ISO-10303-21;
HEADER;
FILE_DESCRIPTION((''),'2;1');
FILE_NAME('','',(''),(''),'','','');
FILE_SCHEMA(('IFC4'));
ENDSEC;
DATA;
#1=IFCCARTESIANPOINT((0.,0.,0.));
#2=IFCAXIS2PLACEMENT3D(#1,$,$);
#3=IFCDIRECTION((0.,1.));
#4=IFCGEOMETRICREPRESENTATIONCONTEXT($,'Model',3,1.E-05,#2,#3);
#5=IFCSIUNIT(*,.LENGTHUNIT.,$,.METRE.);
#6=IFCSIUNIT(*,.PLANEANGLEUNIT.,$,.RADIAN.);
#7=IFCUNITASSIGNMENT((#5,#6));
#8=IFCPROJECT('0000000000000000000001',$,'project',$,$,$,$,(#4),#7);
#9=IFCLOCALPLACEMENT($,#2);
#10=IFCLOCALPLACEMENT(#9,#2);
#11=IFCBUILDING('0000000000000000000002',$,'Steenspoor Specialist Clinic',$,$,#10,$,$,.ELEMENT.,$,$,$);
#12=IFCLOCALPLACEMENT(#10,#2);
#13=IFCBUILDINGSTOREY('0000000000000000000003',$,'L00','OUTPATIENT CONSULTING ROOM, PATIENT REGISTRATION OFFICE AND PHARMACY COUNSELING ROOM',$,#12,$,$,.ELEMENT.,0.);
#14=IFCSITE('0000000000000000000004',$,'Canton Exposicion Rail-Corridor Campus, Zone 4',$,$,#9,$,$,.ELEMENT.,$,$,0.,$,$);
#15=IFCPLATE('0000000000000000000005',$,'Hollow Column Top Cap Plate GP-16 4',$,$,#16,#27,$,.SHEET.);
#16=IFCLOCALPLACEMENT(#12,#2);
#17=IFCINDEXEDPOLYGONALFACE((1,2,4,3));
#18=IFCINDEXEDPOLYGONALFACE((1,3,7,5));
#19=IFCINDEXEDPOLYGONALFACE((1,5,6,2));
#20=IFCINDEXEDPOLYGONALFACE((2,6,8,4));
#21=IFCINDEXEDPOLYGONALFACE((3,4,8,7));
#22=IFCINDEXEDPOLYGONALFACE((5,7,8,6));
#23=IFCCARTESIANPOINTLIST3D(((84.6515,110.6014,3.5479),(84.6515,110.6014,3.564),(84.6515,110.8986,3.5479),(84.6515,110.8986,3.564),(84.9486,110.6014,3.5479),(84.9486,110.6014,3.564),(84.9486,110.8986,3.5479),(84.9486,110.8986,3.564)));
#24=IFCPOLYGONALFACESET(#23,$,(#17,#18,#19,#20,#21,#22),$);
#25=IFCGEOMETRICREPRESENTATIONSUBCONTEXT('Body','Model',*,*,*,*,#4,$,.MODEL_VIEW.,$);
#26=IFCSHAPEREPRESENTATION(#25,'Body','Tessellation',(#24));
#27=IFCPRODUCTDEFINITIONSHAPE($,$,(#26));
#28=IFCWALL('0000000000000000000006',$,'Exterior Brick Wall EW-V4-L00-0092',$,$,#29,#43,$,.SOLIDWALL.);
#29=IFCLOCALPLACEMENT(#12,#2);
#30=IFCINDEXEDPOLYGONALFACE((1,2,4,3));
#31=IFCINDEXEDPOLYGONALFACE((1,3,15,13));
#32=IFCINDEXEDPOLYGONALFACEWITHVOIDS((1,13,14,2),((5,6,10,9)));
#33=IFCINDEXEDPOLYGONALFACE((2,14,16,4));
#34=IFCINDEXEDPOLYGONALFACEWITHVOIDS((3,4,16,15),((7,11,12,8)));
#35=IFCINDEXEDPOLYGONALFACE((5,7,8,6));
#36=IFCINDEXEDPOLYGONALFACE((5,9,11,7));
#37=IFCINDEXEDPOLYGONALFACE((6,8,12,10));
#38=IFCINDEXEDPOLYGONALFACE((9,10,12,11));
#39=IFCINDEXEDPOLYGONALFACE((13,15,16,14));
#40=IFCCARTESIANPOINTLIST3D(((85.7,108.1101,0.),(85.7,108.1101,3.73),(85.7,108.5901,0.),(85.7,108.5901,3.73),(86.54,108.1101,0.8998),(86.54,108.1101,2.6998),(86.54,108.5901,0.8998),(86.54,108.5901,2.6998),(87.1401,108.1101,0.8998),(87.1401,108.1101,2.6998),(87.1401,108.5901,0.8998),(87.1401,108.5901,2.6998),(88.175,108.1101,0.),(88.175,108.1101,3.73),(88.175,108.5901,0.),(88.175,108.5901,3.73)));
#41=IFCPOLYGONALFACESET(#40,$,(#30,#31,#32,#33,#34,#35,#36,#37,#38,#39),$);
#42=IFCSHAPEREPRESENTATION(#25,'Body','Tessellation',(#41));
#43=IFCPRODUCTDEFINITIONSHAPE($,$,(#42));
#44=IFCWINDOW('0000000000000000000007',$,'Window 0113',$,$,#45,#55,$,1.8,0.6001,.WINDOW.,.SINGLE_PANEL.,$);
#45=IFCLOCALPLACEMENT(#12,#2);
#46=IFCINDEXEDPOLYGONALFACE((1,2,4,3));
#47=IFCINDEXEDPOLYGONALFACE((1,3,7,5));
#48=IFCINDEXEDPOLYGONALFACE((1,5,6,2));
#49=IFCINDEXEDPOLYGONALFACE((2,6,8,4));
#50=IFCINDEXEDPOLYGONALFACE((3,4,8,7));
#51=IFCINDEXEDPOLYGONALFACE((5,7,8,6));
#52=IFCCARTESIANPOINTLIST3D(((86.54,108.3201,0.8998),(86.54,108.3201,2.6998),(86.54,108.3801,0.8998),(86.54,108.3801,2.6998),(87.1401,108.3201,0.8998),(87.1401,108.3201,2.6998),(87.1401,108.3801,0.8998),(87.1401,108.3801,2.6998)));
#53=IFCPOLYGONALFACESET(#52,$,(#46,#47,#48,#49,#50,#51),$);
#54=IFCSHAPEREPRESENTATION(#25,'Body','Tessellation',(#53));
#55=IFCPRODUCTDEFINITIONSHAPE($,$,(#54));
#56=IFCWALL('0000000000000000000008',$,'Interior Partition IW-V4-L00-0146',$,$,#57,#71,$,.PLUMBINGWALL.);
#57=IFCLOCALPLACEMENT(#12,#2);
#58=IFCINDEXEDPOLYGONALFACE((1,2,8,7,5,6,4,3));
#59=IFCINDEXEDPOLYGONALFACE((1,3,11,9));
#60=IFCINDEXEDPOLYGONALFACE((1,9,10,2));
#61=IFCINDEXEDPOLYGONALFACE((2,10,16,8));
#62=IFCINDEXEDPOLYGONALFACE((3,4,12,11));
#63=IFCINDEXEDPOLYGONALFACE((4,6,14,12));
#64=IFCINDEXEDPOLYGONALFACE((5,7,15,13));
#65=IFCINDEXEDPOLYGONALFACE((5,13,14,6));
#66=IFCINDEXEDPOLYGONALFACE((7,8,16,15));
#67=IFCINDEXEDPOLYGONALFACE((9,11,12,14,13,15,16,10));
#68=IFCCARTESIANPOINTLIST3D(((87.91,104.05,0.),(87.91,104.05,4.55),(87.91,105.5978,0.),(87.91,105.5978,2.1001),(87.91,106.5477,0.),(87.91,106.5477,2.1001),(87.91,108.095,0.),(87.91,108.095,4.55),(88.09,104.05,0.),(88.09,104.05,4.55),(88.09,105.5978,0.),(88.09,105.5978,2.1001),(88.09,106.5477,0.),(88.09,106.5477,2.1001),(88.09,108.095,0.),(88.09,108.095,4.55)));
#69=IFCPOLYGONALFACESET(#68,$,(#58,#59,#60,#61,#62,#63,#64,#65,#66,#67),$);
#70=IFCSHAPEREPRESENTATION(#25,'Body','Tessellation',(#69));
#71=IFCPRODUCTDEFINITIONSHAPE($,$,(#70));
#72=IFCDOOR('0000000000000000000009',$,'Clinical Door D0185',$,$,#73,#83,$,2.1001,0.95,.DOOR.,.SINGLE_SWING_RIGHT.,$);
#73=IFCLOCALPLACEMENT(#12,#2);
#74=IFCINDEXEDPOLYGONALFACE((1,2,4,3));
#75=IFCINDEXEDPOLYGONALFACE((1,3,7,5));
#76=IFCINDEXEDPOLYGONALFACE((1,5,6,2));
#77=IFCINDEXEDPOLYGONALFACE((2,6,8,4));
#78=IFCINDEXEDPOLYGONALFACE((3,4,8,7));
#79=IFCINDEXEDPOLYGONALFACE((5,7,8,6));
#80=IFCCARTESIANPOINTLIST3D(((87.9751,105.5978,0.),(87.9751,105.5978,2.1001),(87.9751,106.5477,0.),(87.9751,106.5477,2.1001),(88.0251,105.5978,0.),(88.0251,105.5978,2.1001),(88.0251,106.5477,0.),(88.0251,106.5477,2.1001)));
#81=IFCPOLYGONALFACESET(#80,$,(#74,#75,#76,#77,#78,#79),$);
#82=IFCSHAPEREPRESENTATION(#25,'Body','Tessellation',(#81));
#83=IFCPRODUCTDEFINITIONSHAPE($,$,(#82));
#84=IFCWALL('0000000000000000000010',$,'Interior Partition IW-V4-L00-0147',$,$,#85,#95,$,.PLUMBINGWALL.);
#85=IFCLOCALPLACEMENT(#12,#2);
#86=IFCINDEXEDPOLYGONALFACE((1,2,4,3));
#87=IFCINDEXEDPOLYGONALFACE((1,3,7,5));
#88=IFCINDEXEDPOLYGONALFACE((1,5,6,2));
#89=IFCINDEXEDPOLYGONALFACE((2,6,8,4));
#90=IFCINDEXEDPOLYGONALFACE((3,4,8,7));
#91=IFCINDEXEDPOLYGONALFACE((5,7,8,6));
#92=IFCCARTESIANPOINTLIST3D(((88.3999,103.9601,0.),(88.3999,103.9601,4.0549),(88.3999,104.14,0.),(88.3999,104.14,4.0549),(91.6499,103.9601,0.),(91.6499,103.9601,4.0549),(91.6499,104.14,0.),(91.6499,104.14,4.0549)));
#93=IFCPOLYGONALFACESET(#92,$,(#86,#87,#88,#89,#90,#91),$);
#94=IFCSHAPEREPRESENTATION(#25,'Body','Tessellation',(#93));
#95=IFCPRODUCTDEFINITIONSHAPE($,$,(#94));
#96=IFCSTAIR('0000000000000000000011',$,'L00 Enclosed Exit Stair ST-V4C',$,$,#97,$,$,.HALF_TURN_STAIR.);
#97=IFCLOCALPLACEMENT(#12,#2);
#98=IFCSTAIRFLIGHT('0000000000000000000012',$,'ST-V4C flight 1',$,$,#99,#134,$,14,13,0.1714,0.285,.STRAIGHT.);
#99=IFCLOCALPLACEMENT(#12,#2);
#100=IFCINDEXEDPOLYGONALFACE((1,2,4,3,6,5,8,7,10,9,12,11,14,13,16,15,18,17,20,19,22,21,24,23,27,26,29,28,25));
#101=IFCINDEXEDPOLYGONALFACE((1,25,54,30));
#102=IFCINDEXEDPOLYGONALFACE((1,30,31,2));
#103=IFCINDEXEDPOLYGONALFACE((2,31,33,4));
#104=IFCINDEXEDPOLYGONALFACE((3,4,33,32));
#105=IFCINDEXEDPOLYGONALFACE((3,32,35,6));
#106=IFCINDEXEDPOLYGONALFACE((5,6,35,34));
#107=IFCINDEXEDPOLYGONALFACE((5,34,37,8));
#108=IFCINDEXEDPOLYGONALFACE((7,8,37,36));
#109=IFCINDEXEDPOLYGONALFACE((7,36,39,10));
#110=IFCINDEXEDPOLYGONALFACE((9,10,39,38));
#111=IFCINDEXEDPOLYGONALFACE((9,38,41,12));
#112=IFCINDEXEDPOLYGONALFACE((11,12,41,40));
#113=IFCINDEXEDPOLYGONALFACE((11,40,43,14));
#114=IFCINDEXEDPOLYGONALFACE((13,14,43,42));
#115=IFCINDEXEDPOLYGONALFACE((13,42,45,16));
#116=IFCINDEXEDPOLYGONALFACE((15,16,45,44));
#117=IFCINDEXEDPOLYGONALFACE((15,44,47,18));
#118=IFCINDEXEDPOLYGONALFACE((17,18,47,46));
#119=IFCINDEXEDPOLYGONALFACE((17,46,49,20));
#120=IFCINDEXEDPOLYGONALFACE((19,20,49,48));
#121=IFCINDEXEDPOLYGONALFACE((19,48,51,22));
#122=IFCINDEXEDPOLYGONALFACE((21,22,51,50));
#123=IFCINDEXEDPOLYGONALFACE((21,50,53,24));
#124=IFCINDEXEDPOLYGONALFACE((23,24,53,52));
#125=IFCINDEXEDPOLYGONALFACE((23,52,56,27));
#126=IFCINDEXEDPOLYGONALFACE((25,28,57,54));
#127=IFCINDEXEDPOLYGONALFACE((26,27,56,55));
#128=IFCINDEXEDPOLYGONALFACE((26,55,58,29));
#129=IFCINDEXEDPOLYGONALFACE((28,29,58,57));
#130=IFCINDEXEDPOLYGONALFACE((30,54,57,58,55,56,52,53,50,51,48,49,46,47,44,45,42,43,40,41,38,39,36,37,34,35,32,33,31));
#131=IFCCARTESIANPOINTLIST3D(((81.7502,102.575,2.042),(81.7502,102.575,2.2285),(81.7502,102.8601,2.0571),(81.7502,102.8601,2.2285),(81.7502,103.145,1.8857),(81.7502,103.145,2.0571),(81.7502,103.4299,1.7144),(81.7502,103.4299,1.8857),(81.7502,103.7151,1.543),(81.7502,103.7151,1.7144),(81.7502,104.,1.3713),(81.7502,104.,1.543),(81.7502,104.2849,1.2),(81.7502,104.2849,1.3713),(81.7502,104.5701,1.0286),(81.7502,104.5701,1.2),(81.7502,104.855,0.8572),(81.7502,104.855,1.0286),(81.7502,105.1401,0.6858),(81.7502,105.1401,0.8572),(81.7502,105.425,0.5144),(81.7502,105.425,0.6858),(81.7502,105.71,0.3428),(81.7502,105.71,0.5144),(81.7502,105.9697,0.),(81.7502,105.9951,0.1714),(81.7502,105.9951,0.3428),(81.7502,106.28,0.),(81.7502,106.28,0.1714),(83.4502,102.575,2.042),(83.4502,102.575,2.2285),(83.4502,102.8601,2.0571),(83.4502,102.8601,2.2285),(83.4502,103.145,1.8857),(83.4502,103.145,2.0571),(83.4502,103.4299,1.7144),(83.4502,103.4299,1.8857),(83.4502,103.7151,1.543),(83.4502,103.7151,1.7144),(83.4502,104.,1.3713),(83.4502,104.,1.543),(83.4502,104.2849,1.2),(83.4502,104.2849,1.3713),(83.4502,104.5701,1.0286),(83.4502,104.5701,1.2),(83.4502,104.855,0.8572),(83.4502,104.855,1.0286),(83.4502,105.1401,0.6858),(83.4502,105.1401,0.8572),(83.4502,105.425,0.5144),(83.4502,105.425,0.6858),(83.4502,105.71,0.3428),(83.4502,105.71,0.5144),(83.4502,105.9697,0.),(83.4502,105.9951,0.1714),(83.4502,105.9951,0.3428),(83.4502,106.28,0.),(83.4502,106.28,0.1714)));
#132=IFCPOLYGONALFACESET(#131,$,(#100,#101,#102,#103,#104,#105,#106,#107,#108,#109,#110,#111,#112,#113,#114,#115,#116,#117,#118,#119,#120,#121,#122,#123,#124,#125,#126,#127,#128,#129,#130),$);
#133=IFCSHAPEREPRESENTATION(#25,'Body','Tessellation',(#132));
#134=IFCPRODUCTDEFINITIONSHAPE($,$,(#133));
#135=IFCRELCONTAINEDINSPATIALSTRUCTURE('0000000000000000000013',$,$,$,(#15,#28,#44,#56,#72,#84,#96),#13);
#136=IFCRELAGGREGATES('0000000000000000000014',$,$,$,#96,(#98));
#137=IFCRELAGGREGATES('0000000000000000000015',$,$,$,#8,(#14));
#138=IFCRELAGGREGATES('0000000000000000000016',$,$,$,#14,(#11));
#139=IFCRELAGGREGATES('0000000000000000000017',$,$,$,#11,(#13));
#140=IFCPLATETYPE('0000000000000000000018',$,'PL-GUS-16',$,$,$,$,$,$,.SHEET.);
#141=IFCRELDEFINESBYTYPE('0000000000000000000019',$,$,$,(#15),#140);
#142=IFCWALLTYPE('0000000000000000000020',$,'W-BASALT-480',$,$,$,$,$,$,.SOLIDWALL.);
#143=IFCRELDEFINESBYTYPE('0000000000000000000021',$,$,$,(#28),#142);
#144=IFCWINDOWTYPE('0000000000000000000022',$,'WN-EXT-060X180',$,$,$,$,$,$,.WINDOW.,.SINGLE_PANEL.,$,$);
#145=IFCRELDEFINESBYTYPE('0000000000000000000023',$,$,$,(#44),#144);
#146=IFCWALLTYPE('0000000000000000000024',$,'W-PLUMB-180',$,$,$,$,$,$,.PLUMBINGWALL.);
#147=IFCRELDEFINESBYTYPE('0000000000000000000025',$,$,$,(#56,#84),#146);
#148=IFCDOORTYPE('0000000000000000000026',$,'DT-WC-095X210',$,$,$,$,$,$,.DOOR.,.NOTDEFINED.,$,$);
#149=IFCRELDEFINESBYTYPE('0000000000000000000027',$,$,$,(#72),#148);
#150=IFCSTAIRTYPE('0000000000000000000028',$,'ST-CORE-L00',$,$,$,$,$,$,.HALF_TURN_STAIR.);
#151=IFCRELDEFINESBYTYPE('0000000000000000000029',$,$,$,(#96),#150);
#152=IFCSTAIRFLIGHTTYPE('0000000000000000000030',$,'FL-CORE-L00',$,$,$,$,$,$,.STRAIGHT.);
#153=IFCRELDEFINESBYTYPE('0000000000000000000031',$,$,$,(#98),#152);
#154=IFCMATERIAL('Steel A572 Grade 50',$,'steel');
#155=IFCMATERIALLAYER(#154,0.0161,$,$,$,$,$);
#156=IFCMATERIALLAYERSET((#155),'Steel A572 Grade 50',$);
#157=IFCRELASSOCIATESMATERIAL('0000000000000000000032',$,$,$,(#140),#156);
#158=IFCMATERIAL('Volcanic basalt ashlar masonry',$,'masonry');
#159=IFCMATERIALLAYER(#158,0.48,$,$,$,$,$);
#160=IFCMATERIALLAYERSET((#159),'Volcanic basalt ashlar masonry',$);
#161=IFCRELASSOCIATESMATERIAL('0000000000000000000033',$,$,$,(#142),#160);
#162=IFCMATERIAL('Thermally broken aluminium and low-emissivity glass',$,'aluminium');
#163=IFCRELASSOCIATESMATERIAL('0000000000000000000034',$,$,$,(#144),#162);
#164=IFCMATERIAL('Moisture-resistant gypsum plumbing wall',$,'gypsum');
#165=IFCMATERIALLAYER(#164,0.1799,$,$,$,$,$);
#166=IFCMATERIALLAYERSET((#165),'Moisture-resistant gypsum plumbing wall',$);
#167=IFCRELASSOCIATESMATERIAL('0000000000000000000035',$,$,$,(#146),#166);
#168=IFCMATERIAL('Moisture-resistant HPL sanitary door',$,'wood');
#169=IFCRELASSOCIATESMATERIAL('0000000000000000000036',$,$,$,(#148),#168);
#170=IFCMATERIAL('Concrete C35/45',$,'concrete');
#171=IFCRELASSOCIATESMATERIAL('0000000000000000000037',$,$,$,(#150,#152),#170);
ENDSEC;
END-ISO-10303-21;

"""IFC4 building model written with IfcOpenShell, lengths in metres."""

from ifc_helpers import new_model, si_unit, direction, frame, frame_2d, origin, origin_2d, place, context, subcontext, project, spatial, polyline, rectangle, outline, extrude, material, layer, layer_set, type_object, element, fill, aggregate, save


model = new_model("IFC4")

# Units and contexts
model_context = context("Model", 3, precision=1e-05, world=origin(), true_north=direction((0.0, 1.0)))
body_context = subcontext(model_context, "Body", "Model", "MODEL_VIEW")
ifc_project = project(units=[si_unit("LENGTHUNIT", "METRE"), si_unit("PLANEANGLEUNIT", "RADIAN")], contexts=[model_context])

# Site, building, storey
site_placement = place(None, origin())
site = spatial("IfcSite", under=ifc_project, at=site_placement, Name="Canton Exposicion Rail-Corridor Campus, Zone 4", CompositionType="ELEMENT", RefElevation=0.0)
building_placement = place(site_placement, origin())
building = spatial("IfcBuilding", under=site, at=building_placement, Name="Steenspoor Specialist Clinic", CompositionType="ELEMENT")
storey_placement = place(building_placement, origin())
storey = spatial("IfcBuildingStorey", under=building, at=storey_placement, Name="L00", Description="OUTPATIENT CONSULTING ROOM, PATIENT REGISTRATION OFFICE AND PHARMACY COUNSELING ROOM", CompositionType="ELEMENT", Elevation=0.0)

# Shared definitions
ifc_material_1 = material(Name="Concrete C35/45", Category="concrete")

# Plate
ifc_material_2 = material(Name="Steel A572 Grade 50", Category="steel")
ifc_layer_1 = layer(ifc_material_2, 0.0161)
ifc_layer_set_1 = layer_set([ifc_layer_1], Name="Steel A572 Grade 50")
plate_type = type_object("IfcPlateType", Name="PL-GUS-16", PredefinedType="SHEET", material=ifc_layer_set_1)
plate_placement = place(storey_placement, frame((84.8, 110.75, 3.5479), z_axis=(0.0, 0.0, 1.0), x_axis=(1.0, 0.0, 0.0)))
element("IfcPlate", 1, at=plate_placement, inside=storey, type_object=plate_type, Name="Hollow Column Top Cap Plate GP-16 4", PredefinedType="SHEET", context=body_context, shape_type="SweptSolid", body=[
    extrude(rectangle(XDim=0.2971, YDim=0.2971, at=origin_2d()), origin(), (0.0, 0.0, 1.0), 0.0161),
])

# Wall, opening, window
ifc_material_3 = material(Name="Volcanic basalt ashlar masonry", Category="masonry")
ifc_layer_2 = layer(ifc_material_3, 0.48)
ifc_layer_set_2 = layer_set([ifc_layer_2], Name="Volcanic basalt ashlar masonry")
wall_type_1 = type_object("IfcWallType", Name="W-BASALT-480", PredefinedType="SOLIDWALL", material=ifc_layer_set_2)
wall_1_placement = place(storey_placement, frame((85.7, 108.3501, 0.0), z_axis=(0.0, 0.0, 1.0), x_axis=(1.0, 0.0, 0.0)))
wall_1 = element("IfcWall", 2, at=wall_1_placement, inside=storey, type_object=wall_type_1, Name="Exterior Brick Wall EW-V4-L00-0092", PredefinedType="SOLIDWALL", context=body_context, shape_type="SweptSolid", body=[
    extrude(rectangle(XDim=2.4751, YDim=0.48, at=frame_2d((1.2375, 0.0))), origin(), (0.0, 0.0, 1.0), 3.73),
])
opening_1_placement = place(wall_1_placement, frame((0.8401, 0.0, 0.8999)))
opening_1 = element("IfcOpeningElement", 3, at=opening_1_placement, cuts=wall_1, PredefinedType="OPENING", context=body_context, shape_type="SweptSolid", body=[
    extrude(rectangle(XDim=0.6001, YDim=1.8, at=frame_2d((0.3, 0.8999))), frame((0.0, 0.25, 0.0), z_axis=(0.0, -1.0, 0.0), x_axis=(1.0, 0.0, 0.0)), (0.0, 0.0, 1.0), 0.5),
])
ifc_material_4 = material(Name="Thermally broken aluminium and low-emissivity glass", Category="aluminium")
window_type = type_object("IfcWindowType", Name="WN-EXT-060X180", PartitioningType="SINGLE_PANEL", PredefinedType="WINDOW", material=ifc_material_4)
window_placement = place(opening_1_placement, origin())
window = element("IfcWindow", 4, at=window_placement, inside=storey, type_object=window_type, Name="Window 0113", OverallHeight=1.8, OverallWidth=0.6001, PartitioningType="SINGLE_PANEL", PredefinedType="WINDOW", context=body_context, shape_type="SweptSolid", body=[
    extrude(rectangle(XDim=0.6001, YDim=1.8, at=frame_2d((0.3, 0.8999))), frame((0.0, 0.03, 0.0), z_axis=(0.0, -1.0, 0.0), x_axis=(1.0, 0.0, 0.0)), (0.0, 0.0, 1.0), 0.0601),
])
fill(opening_1, window)

# Wall, opening, door
ifc_material_5 = material(Name="Moisture-resistant gypsum plumbing wall", Category="gypsum")
ifc_layer_3 = layer(ifc_material_5, 0.1799)
ifc_layer_set_3 = layer_set([ifc_layer_3], Name="Moisture-resistant gypsum plumbing wall")
wall_type_2 = type_object("IfcWallType", Name="W-PLUMB-180", PredefinedType="PLUMBINGWALL", material=ifc_layer_set_3)
wall_2_placement = place(storey_placement, frame((88.0, 104.05, 0.0), z_axis=(0.0, 0.0, 1.0), x_axis=(0.0, 1.0, 0.0)))
wall_2 = element("IfcWall", 5, at=wall_2_placement, inside=storey, type_object=wall_type_2, Name="Interior Partition IW-V4-L00-0146", PredefinedType="PLUMBINGWALL", context=body_context, shape_type="SweptSolid", body=[
    extrude(rectangle(XDim=4.0449, YDim=0.1799, at=frame_2d((2.0225, 0.0))), origin(), (0.0, 0.0, 1.0), 4.55),
])
opening_2_placement = place(wall_2_placement, frame((1.5476, 0.0, 0.0)))
opening_2 = element("IfcOpeningElement", 6, at=opening_2_placement, cuts=wall_2, PredefinedType="OPENING", context=body_context, shape_type="SweptSolid", body=[
    extrude(rectangle(XDim=0.95, YDim=2.1001, at=frame_2d((0.4751, 1.05))), frame((0.0, 0.1001, 0.0), z_axis=(0.0, -1.0, 0.0), x_axis=(1.0, 0.0, 0.0)), (0.0, 0.0, 1.0), 0.2),
])
ifc_material_6 = material(Name="Moisture-resistant HPL sanitary door", Category="wood")
door_type = type_object("IfcDoorType", Name="DT-WC-095X210", OperationType="NOTDEFINED", PredefinedType="DOOR", material=ifc_material_6)
door_placement = place(opening_2_placement, origin())
door = element("IfcDoor", 7, at=door_placement, inside=storey, type_object=door_type, Name="Clinical Door D0185", OperationType="SINGLE_SWING_RIGHT", OverallHeight=2.1001, OverallWidth=0.95, PredefinedType="DOOR", context=body_context, shape_type="SweptSolid", body=[
    extrude(rectangle(XDim=0.95, YDim=2.1001, at=frame_2d((0.4751, 1.05))), frame((0.0, 0.0249, 0.0), z_axis=(0.0, -1.0, 0.0), x_axis=(1.0, 0.0, 0.0)), (0.0, 0.0, 1.0), 0.05),
])
fill(opening_2, door)

# Wall
wall_3_placement = place(storey_placement, frame((88.3999, 104.05, 0.0), z_axis=(0.0, 0.0, 1.0), x_axis=(1.0, 0.0, 0.0)))
element("IfcWall", 8, at=wall_3_placement, inside=storey, type_object=wall_type_2, Name="Interior Partition IW-V4-L00-0147", PredefinedType="PLUMBINGWALL", context=body_context, shape_type="SweptSolid", body=[
    extrude(rectangle(XDim=3.25, YDim=0.1799, at=frame_2d((1.625, 0.0))), origin(), (0.0, 0.0, 1.0), 4.0549),
])

# Stair, stair flight
stair_type = type_object("IfcStairType", Name="ST-CORE-L00", PredefinedType="HALF_TURN_STAIR", material=ifc_material_1)
stair_placement = place(storey_placement, origin())
stair = element("IfcStair", 9, at=stair_placement, inside=storey, type_object=stair_type, Name="L00 Enclosed Exit Stair ST-V4C", PredefinedType="HALF_TURN_STAIR")
stair_flight_type = type_object("IfcStairFlightType", Name="FL-CORE-L00", PredefinedType="STRAIGHT", material=ifc_material_1)
stair_flight_placement = place(storey_placement, frame((82.6001, 106.28, 0.0), z_axis=(0.0, 0.0, 1.0), x_axis=(0.0, -1.0, 0.0)))
stair_flight = element("IfcStairFlight", 10, at=stair_flight_placement, type_object=stair_flight_type, Name="ST-V4C flight 1", NumberOfRisers=14, NumberOfTreads=13, PredefinedType="STRAIGHT", RiserHeight=0.1714, TreadLength=0.285, context=body_context, shape_type="SweptSolid", body=[
    extrude(outline(polyline([(0.0, 0.0), (0.0, 0.1714), (0.2849, 0.1714), (0.2849, 0.3428), (0.5701, 0.3428), (0.5701, 0.5144), (0.855, 0.5144), (0.855, 0.6858), (1.1399, 0.6858), (1.1399, 0.8572), (1.425, 0.8572), (1.425, 1.0286), (1.71, 1.0286), (1.71, 1.2), (1.9951, 1.2), (1.9951, 1.3713), (2.28, 1.3713), (2.28, 1.543), (2.5649, 1.543), (2.5649, 1.7144), (2.8501, 1.7144), (2.8501, 1.8857), (3.135, 1.8857), (3.135, 2.0571), (3.4199, 2.0571), (3.4199, 2.2285), (3.7051, 2.2285), (3.7051, 2.3999), (3.7051, 2.042), (0.3103, 0.0), (0.0, 0.0)])), frame((0.0, 0.8501, 0.0), z_axis=(0.0, -1.0, 0.0), x_axis=(1.0, 0.0, 0.0)), (0.0, 0.0, 1.0), 1.7),
])
aggregate(stair, [stair_flight])

save(model, "model.ifc")
